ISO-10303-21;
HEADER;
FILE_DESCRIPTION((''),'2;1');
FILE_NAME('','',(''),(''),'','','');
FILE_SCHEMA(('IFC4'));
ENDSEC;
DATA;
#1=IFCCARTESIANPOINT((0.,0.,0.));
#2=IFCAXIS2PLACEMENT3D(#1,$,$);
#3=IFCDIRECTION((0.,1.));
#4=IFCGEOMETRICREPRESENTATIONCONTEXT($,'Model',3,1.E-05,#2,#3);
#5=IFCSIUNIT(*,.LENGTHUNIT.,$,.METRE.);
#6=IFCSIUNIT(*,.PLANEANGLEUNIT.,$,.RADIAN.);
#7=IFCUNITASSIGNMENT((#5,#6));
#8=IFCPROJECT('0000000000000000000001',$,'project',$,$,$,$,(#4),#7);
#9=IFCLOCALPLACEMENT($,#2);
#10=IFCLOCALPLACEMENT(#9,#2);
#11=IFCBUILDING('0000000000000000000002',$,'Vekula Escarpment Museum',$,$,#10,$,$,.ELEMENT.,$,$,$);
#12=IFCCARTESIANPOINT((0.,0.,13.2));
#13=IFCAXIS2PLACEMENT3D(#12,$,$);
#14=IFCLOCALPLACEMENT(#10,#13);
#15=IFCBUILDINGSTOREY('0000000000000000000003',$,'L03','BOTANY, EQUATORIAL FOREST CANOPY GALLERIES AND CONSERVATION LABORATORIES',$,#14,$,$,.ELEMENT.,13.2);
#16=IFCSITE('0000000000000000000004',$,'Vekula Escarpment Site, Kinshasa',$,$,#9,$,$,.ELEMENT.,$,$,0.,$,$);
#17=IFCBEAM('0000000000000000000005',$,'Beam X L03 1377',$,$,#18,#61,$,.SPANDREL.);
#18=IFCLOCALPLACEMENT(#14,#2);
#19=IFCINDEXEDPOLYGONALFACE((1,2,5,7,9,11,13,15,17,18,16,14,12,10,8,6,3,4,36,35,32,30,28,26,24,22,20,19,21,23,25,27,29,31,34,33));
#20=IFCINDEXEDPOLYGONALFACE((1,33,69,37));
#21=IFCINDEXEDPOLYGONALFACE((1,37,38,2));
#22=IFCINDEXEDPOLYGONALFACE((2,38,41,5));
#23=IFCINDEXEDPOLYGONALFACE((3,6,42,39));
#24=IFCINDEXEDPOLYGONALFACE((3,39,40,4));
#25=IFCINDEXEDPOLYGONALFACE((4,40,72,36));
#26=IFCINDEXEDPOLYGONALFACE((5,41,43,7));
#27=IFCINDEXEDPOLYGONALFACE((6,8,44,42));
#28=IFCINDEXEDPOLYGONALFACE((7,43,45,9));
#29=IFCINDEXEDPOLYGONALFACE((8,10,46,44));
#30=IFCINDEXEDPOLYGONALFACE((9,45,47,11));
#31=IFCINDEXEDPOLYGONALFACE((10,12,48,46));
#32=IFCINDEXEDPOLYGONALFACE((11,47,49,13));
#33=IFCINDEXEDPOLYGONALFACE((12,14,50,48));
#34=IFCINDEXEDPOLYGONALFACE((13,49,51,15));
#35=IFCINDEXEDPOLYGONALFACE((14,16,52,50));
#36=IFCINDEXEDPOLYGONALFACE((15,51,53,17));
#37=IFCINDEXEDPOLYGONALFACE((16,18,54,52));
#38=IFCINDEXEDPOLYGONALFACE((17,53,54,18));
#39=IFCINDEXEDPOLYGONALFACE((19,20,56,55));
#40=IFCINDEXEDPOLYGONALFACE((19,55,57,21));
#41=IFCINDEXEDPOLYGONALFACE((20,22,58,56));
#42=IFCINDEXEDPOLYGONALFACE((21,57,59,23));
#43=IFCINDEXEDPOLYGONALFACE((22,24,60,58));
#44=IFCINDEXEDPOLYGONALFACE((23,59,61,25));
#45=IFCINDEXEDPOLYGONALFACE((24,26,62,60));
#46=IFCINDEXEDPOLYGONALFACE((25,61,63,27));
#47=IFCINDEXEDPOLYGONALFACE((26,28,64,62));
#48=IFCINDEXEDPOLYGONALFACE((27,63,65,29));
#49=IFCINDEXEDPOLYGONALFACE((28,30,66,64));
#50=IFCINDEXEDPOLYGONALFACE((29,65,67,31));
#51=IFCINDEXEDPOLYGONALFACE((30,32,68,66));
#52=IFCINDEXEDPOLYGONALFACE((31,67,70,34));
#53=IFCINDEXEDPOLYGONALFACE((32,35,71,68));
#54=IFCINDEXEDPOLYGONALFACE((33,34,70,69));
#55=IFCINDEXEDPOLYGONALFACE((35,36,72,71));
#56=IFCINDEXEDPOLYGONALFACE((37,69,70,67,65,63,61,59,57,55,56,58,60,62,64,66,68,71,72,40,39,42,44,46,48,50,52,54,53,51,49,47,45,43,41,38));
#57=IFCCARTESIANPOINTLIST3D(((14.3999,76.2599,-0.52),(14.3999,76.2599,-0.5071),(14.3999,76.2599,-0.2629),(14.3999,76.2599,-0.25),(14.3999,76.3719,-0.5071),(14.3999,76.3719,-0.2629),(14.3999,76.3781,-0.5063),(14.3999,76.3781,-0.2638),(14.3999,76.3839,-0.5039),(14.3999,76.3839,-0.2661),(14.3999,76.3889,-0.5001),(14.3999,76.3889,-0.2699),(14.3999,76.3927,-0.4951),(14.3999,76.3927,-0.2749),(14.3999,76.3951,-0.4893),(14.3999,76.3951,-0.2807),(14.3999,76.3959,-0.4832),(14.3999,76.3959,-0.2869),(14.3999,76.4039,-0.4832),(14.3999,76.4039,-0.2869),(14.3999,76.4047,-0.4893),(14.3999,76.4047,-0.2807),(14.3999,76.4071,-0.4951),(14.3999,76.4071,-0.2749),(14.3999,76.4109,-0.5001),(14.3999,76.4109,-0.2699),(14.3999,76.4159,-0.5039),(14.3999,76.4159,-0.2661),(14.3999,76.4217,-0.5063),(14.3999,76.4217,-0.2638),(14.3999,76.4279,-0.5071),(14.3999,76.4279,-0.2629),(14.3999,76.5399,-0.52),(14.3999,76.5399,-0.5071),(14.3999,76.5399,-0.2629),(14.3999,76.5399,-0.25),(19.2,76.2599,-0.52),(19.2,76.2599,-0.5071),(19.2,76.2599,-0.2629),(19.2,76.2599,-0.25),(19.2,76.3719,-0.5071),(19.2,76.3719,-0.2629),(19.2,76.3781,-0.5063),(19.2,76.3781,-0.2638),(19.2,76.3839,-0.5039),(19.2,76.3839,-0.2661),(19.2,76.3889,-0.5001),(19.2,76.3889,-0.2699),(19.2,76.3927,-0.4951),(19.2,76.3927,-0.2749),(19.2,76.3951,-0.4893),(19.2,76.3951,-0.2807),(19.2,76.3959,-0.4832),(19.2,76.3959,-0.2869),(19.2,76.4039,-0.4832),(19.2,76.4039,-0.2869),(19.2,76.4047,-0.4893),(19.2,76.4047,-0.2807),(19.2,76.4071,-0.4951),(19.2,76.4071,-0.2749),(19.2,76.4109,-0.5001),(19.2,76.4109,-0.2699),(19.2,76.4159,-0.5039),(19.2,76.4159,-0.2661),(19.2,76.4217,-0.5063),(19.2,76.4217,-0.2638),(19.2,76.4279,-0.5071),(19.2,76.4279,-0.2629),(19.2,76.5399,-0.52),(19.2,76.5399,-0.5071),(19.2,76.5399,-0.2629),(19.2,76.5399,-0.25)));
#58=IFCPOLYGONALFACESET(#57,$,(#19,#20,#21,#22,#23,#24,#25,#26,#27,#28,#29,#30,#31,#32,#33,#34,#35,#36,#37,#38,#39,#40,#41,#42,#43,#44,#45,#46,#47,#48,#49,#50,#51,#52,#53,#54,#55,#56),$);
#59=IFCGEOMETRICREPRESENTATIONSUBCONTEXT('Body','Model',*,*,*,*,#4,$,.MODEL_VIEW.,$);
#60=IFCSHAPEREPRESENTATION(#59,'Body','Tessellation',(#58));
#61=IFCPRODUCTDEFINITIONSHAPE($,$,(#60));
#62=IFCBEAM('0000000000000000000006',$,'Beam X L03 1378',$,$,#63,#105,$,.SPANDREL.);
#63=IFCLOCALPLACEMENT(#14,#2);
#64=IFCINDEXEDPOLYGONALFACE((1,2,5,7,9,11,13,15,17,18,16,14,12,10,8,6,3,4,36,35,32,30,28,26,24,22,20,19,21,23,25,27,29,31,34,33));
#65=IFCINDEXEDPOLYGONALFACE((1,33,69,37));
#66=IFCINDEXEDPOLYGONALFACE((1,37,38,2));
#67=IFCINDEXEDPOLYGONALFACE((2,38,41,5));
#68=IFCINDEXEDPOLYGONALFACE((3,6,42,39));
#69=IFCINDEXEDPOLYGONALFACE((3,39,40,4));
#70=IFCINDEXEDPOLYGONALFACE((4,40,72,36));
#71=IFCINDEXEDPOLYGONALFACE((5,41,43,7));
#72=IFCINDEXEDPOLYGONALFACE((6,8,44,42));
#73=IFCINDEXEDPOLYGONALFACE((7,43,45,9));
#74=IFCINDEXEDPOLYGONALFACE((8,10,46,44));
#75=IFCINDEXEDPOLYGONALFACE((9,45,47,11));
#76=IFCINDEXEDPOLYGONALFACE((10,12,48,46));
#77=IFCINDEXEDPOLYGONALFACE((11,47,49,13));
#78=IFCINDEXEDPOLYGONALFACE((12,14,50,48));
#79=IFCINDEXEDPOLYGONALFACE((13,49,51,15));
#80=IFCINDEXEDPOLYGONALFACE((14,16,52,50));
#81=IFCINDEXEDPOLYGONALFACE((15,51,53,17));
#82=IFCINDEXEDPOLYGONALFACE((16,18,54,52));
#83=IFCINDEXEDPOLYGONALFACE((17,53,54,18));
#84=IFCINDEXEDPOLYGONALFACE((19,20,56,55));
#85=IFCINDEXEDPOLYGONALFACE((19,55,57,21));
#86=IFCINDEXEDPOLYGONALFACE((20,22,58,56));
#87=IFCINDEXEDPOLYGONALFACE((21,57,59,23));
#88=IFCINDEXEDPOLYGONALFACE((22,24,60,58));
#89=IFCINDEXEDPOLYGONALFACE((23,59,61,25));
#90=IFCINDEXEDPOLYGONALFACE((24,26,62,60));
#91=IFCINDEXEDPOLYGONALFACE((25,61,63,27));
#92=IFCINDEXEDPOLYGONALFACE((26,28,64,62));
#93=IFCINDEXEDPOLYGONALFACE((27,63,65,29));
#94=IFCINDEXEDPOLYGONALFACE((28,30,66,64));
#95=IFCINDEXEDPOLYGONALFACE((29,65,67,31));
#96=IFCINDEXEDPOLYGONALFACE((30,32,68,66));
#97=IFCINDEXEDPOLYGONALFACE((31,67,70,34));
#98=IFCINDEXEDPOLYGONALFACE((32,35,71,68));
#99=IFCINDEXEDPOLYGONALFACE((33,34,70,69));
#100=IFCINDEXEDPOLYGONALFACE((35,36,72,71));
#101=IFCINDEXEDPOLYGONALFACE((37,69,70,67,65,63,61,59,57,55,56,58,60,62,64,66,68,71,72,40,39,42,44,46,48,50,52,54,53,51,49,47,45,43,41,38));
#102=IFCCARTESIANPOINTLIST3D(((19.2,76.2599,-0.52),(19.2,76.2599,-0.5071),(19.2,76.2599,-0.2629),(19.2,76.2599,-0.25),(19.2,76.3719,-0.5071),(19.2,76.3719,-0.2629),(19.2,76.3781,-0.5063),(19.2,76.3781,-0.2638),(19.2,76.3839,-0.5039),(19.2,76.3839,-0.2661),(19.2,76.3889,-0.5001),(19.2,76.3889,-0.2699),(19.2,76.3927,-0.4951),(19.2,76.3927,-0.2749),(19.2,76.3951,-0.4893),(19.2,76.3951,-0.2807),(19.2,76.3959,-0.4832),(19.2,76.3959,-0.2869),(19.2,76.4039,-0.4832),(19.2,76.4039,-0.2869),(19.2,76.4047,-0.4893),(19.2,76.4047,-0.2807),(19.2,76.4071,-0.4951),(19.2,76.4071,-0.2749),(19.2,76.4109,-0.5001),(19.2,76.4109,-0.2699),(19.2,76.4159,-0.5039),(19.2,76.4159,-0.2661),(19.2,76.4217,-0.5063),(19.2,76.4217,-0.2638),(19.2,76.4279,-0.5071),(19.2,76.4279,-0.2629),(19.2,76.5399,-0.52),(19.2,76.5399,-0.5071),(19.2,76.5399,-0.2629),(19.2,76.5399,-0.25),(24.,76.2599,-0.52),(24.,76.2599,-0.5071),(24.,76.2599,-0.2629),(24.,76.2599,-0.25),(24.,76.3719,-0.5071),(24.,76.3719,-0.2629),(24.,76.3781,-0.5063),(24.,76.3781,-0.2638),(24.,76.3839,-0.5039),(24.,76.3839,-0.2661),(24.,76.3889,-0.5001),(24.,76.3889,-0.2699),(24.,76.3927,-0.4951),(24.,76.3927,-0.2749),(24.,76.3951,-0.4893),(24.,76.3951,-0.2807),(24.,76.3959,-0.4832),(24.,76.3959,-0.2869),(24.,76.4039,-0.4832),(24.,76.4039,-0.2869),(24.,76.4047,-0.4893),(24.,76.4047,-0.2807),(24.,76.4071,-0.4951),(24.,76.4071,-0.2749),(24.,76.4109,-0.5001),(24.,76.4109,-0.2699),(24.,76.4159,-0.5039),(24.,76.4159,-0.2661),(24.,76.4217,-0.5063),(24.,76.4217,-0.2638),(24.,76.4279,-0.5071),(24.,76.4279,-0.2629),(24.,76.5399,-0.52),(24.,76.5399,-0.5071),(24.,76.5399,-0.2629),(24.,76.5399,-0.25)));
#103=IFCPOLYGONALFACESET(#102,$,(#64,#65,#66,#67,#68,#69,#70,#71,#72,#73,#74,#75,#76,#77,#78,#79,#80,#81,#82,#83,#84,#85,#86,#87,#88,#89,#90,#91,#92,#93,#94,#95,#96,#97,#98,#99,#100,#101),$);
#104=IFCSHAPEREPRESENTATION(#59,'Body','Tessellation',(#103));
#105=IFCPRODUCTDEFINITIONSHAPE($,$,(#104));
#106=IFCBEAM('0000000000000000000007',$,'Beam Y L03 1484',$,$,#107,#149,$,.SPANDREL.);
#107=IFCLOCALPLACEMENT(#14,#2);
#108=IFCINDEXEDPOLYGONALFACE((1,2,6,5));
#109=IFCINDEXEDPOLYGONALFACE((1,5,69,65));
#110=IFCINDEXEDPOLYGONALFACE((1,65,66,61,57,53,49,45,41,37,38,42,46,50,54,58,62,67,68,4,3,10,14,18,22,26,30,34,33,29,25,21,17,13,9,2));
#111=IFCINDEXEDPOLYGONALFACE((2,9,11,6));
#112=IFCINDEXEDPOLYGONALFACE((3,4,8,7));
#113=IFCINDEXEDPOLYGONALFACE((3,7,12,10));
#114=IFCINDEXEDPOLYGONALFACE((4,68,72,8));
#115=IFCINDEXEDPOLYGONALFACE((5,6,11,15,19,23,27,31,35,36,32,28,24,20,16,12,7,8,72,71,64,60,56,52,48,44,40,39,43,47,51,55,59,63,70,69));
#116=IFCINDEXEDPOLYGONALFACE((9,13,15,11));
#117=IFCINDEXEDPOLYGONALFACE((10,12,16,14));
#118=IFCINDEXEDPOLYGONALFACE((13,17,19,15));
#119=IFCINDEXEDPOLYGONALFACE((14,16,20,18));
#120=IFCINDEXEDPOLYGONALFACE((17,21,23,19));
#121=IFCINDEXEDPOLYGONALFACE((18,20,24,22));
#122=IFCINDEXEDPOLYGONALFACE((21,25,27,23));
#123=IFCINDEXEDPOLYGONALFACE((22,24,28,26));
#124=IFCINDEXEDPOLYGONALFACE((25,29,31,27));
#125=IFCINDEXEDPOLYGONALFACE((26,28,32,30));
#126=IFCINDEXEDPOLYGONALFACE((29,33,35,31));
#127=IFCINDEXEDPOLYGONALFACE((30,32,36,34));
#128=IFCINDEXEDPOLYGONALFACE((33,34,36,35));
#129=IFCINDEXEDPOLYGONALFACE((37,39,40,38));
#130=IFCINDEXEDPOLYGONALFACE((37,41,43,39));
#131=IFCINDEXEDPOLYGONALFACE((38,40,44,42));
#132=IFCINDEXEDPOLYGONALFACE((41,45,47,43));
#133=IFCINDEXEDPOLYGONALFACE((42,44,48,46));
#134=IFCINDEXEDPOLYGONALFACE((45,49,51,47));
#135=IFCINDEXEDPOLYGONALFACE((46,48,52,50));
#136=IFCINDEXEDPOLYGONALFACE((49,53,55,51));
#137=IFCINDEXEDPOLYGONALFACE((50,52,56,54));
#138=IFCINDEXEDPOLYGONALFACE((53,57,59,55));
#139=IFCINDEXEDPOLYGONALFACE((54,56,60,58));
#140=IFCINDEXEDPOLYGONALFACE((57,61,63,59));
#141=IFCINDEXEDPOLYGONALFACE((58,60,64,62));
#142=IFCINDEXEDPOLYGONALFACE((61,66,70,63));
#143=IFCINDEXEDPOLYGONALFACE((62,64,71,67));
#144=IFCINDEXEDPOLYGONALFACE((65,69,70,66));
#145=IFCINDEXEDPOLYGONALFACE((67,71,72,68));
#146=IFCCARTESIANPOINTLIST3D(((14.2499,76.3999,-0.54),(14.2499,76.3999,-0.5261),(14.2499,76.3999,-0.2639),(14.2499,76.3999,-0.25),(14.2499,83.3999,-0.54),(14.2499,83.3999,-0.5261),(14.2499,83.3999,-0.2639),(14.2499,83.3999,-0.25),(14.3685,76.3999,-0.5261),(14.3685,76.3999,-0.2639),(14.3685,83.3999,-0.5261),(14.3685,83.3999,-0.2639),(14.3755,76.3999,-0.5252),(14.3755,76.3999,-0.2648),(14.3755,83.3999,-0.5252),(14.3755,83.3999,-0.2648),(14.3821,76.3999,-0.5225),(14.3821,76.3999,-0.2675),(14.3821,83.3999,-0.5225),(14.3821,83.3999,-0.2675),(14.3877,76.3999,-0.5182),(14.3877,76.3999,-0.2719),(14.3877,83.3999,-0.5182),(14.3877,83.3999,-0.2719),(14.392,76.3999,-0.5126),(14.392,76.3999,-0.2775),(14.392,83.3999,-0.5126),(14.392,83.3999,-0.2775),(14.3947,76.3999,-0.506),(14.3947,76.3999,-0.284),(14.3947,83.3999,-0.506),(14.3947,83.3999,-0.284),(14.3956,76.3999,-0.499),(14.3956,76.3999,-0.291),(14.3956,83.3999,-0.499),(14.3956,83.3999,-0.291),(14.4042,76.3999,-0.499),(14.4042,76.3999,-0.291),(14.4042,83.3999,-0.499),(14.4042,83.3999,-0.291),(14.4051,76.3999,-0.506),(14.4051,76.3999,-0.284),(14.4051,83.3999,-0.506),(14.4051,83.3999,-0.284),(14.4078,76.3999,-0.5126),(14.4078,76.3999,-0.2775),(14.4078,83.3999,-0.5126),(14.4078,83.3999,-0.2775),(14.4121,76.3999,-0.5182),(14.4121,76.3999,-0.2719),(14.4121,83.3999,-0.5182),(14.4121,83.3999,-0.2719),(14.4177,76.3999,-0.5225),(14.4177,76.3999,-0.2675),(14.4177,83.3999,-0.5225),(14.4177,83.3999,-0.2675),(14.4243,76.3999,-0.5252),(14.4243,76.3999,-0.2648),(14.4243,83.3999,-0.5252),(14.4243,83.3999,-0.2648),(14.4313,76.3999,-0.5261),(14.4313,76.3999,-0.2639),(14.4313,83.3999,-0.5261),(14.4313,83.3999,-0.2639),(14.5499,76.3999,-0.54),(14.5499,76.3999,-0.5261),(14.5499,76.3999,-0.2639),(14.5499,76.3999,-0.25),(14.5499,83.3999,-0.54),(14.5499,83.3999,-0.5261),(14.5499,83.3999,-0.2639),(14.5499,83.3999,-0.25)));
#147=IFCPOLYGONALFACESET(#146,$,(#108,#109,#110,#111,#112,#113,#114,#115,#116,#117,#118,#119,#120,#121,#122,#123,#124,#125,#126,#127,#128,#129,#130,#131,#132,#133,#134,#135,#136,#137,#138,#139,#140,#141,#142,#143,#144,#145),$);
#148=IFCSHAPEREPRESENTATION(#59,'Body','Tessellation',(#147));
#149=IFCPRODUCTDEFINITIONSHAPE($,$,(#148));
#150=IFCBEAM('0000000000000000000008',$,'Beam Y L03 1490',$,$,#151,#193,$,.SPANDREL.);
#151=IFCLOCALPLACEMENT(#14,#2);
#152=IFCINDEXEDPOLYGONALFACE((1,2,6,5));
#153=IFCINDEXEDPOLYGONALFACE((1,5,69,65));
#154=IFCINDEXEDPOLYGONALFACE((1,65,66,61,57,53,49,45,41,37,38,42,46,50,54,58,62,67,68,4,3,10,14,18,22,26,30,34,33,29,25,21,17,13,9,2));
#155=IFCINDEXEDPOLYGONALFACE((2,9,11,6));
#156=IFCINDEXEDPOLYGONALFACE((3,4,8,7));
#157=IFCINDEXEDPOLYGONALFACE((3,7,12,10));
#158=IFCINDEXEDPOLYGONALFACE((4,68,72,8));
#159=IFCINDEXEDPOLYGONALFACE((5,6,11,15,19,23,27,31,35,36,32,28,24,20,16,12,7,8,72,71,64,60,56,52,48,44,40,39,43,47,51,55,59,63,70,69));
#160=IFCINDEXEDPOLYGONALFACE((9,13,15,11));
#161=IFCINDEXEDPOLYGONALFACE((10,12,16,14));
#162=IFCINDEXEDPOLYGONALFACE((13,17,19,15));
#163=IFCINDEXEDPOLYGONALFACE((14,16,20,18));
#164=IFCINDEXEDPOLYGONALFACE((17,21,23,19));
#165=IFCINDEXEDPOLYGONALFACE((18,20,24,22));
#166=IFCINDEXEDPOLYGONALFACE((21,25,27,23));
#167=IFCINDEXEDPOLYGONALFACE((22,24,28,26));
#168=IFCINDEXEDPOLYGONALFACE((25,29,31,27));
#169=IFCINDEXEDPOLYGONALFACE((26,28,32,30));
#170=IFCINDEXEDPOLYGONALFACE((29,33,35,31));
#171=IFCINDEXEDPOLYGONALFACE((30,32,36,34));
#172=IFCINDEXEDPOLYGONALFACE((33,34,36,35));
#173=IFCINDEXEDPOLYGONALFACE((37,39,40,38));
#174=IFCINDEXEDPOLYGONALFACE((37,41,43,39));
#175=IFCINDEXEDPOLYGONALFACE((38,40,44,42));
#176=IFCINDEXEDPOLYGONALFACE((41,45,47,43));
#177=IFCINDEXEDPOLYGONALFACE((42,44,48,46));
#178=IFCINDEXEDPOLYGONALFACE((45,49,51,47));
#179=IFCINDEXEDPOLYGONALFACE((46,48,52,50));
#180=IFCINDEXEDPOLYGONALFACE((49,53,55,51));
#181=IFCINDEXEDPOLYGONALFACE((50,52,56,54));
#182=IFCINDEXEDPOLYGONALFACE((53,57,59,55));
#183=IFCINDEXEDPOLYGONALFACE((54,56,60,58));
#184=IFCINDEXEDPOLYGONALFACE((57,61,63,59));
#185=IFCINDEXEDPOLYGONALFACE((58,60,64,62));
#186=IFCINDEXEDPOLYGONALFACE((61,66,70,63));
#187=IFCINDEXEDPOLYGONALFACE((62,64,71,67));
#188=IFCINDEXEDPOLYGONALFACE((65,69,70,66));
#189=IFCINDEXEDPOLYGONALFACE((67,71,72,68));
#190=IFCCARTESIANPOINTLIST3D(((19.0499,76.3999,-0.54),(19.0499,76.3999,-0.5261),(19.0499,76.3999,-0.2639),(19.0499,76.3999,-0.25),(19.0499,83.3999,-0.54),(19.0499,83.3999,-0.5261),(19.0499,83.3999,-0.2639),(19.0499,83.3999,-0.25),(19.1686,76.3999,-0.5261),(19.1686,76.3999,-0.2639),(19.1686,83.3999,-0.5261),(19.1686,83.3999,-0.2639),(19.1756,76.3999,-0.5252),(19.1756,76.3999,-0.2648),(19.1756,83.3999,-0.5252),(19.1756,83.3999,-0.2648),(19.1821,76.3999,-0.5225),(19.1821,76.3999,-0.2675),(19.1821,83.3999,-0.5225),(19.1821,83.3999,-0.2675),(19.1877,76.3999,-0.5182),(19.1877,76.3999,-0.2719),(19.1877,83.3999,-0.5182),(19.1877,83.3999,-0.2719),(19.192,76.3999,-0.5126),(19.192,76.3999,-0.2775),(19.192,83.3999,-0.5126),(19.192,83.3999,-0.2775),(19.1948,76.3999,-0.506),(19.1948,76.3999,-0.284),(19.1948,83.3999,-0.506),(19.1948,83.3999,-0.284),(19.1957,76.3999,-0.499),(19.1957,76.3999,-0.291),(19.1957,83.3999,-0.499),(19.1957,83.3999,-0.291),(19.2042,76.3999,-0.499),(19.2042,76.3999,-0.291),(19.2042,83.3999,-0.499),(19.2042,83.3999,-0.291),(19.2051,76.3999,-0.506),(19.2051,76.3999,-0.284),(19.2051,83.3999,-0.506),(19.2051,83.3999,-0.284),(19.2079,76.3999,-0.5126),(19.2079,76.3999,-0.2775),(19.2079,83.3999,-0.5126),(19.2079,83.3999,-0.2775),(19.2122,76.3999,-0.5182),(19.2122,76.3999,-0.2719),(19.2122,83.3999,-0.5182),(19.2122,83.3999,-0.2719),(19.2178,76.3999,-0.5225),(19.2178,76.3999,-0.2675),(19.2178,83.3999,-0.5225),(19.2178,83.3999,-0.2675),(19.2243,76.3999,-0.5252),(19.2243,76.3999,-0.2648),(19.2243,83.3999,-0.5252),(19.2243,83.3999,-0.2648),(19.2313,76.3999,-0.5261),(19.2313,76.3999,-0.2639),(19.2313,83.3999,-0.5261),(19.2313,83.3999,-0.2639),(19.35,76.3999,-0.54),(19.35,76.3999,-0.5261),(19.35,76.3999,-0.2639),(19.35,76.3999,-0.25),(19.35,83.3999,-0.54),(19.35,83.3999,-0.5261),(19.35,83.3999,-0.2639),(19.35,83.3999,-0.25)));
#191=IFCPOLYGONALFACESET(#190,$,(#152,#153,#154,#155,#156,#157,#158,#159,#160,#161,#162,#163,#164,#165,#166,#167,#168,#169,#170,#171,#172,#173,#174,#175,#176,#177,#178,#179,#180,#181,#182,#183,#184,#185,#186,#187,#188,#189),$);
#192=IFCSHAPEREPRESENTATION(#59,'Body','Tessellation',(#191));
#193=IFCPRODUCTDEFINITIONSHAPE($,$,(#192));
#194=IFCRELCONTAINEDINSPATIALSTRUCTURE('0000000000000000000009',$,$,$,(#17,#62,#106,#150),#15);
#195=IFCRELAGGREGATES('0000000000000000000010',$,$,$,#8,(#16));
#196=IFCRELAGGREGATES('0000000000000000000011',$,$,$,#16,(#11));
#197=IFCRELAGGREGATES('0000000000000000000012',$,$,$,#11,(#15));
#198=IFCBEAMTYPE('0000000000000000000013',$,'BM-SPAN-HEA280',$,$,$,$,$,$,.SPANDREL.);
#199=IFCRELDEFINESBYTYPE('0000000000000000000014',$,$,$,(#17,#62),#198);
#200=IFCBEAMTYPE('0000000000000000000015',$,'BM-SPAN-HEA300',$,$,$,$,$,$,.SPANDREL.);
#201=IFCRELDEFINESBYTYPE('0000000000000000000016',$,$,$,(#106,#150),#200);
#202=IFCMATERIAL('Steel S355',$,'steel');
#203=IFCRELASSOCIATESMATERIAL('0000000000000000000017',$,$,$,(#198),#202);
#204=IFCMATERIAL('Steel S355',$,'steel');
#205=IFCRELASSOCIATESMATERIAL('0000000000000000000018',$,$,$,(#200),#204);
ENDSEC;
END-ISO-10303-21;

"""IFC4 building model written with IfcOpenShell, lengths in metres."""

from ifc_helpers import new_model, si_unit, direction, frame, origin, origin_2d, place, context, subcontext, project, spatial, i_section, extrude, material, material_profile, profile_set, type_object, element, save


model = new_model("IFC4")

# Units and contexts
model_context = context("Model", 3, precision=1e-05, world=origin(), true_north=direction((0.0, 1.0)))
body_context = subcontext(model_context, "Body", "Model", "MODEL_VIEW")
ifc_project = project(units=[si_unit("LENGTHUNIT", "METRE"), si_unit("PLANEANGLEUNIT", "RADIAN")], contexts=[model_context])

# Site, building, storey
site_placement = place(None, origin())
site = spatial("IfcSite", under=ifc_project, at=site_placement, Name="Vekula Escarpment Site, Kinshasa", CompositionType="ELEMENT", RefElevation=0.0)
building_placement = place(site_placement, origin())
building = spatial("IfcBuilding", under=site, at=building_placement, Name="Vekula Escarpment Museum", CompositionType="ELEMENT")
storey_placement = place(building_placement, frame((0.0, 0.0, 13.2)))
storey = spatial("IfcBuildingStorey", under=building, at=storey_placement, Name="L03", Description="BOTANY, EQUATORIAL FOREST CANOPY GALLERIES AND CONSERVATION LABORATORIES", CompositionType="ELEMENT", Elevation=13.2)

# Beams
ifc_material_1 = material(Name="Steel S355", Category="steel")
ifc_material_profile_1 = material_profile(ifc_material_1, i_section(OverallWidth=0.28, OverallDepth=0.27, WebThickness=0.0081, FlangeThickness=0.0129, FilletRadius=0.0239, at=origin_2d()), Name="HEA 280")
ifc_profile_set_1 = profile_set([ifc_material_profile_1], Name="Steel S355")
beam_type_1 = type_object("IfcBeamType", Name="BM-SPAN-HEA280", PredefinedType="SPANDREL", material=ifc_profile_set_1)
for number, where, z_axis, x_axis, name in (
    (1, (14.3999, 76.3999, -0.385), (1.0, 0.0, 0.0), (0.0, 1.0, 0.0), "Beam X L03 1377"),
    (2, (19.2, 76.3999, -0.385), (1.0, 0.0, 0.0), (0.0, 1.0, 0.0), "Beam X L03 1378"),
):
    element("IfcBeam", number, at=place(storey_placement, frame(where, z_axis=z_axis, x_axis=x_axis)), inside=storey, type_object=beam_type_1, Name=name, PredefinedType="SPANDREL", context=body_context, shape_type="SweptSolid", body=[
        extrude(i_section(OverallWidth=0.28, OverallDepth=0.27, WebThickness=0.0081, FlangeThickness=0.0129, FilletRadius=0.0239, at=origin_2d()), origin(), (0.0, 0.0, 1.0), 4.8),
    ])
ifc_material_2 = material(Name="Steel S355", Category="steel")
ifc_material_profile_2 = material_profile(ifc_material_2, i_section(OverallWidth=0.3, OverallDepth=0.29, WebThickness=0.0085, FlangeThickness=0.0139, FilletRadius=0.0271, at=origin_2d()), Name="HEA 300")
ifc_profile_set_2 = profile_set([ifc_material_profile_2], Name="Steel S355")
beam_type_2 = type_object("IfcBeamType", Name="BM-SPAN-HEA300", PredefinedType="SPANDREL", material=ifc_profile_set_2)
for number, where, z_axis, x_axis, name in (
    (3, (14.3999, 76.3999, -0.395), (0.0, 1.0, 0.0), (-1.0, 0.0, 0.0), "Beam Y L03 1484"),
    (4, (19.2, 76.3999, -0.395), (0.0, 1.0, 0.0), (-1.0, 0.0, 0.0), "Beam Y L03 1490"),
):
    element("IfcBeam", number, at=place(storey_placement, frame(where, z_axis=z_axis, x_axis=x_axis)), inside=storey, type_object=beam_type_2, Name=name, PredefinedType="SPANDREL", context=body_context, shape_type="SweptSolid", body=[
        extrude(i_section(OverallWidth=0.3, OverallDepth=0.29, WebThickness=0.0085, FlangeThickness=0.0139, FilletRadius=0.0271, at=origin_2d()), origin(), (0.0, 0.0, 1.0), 7.0),
    ])

save(model, "model.ifc")
